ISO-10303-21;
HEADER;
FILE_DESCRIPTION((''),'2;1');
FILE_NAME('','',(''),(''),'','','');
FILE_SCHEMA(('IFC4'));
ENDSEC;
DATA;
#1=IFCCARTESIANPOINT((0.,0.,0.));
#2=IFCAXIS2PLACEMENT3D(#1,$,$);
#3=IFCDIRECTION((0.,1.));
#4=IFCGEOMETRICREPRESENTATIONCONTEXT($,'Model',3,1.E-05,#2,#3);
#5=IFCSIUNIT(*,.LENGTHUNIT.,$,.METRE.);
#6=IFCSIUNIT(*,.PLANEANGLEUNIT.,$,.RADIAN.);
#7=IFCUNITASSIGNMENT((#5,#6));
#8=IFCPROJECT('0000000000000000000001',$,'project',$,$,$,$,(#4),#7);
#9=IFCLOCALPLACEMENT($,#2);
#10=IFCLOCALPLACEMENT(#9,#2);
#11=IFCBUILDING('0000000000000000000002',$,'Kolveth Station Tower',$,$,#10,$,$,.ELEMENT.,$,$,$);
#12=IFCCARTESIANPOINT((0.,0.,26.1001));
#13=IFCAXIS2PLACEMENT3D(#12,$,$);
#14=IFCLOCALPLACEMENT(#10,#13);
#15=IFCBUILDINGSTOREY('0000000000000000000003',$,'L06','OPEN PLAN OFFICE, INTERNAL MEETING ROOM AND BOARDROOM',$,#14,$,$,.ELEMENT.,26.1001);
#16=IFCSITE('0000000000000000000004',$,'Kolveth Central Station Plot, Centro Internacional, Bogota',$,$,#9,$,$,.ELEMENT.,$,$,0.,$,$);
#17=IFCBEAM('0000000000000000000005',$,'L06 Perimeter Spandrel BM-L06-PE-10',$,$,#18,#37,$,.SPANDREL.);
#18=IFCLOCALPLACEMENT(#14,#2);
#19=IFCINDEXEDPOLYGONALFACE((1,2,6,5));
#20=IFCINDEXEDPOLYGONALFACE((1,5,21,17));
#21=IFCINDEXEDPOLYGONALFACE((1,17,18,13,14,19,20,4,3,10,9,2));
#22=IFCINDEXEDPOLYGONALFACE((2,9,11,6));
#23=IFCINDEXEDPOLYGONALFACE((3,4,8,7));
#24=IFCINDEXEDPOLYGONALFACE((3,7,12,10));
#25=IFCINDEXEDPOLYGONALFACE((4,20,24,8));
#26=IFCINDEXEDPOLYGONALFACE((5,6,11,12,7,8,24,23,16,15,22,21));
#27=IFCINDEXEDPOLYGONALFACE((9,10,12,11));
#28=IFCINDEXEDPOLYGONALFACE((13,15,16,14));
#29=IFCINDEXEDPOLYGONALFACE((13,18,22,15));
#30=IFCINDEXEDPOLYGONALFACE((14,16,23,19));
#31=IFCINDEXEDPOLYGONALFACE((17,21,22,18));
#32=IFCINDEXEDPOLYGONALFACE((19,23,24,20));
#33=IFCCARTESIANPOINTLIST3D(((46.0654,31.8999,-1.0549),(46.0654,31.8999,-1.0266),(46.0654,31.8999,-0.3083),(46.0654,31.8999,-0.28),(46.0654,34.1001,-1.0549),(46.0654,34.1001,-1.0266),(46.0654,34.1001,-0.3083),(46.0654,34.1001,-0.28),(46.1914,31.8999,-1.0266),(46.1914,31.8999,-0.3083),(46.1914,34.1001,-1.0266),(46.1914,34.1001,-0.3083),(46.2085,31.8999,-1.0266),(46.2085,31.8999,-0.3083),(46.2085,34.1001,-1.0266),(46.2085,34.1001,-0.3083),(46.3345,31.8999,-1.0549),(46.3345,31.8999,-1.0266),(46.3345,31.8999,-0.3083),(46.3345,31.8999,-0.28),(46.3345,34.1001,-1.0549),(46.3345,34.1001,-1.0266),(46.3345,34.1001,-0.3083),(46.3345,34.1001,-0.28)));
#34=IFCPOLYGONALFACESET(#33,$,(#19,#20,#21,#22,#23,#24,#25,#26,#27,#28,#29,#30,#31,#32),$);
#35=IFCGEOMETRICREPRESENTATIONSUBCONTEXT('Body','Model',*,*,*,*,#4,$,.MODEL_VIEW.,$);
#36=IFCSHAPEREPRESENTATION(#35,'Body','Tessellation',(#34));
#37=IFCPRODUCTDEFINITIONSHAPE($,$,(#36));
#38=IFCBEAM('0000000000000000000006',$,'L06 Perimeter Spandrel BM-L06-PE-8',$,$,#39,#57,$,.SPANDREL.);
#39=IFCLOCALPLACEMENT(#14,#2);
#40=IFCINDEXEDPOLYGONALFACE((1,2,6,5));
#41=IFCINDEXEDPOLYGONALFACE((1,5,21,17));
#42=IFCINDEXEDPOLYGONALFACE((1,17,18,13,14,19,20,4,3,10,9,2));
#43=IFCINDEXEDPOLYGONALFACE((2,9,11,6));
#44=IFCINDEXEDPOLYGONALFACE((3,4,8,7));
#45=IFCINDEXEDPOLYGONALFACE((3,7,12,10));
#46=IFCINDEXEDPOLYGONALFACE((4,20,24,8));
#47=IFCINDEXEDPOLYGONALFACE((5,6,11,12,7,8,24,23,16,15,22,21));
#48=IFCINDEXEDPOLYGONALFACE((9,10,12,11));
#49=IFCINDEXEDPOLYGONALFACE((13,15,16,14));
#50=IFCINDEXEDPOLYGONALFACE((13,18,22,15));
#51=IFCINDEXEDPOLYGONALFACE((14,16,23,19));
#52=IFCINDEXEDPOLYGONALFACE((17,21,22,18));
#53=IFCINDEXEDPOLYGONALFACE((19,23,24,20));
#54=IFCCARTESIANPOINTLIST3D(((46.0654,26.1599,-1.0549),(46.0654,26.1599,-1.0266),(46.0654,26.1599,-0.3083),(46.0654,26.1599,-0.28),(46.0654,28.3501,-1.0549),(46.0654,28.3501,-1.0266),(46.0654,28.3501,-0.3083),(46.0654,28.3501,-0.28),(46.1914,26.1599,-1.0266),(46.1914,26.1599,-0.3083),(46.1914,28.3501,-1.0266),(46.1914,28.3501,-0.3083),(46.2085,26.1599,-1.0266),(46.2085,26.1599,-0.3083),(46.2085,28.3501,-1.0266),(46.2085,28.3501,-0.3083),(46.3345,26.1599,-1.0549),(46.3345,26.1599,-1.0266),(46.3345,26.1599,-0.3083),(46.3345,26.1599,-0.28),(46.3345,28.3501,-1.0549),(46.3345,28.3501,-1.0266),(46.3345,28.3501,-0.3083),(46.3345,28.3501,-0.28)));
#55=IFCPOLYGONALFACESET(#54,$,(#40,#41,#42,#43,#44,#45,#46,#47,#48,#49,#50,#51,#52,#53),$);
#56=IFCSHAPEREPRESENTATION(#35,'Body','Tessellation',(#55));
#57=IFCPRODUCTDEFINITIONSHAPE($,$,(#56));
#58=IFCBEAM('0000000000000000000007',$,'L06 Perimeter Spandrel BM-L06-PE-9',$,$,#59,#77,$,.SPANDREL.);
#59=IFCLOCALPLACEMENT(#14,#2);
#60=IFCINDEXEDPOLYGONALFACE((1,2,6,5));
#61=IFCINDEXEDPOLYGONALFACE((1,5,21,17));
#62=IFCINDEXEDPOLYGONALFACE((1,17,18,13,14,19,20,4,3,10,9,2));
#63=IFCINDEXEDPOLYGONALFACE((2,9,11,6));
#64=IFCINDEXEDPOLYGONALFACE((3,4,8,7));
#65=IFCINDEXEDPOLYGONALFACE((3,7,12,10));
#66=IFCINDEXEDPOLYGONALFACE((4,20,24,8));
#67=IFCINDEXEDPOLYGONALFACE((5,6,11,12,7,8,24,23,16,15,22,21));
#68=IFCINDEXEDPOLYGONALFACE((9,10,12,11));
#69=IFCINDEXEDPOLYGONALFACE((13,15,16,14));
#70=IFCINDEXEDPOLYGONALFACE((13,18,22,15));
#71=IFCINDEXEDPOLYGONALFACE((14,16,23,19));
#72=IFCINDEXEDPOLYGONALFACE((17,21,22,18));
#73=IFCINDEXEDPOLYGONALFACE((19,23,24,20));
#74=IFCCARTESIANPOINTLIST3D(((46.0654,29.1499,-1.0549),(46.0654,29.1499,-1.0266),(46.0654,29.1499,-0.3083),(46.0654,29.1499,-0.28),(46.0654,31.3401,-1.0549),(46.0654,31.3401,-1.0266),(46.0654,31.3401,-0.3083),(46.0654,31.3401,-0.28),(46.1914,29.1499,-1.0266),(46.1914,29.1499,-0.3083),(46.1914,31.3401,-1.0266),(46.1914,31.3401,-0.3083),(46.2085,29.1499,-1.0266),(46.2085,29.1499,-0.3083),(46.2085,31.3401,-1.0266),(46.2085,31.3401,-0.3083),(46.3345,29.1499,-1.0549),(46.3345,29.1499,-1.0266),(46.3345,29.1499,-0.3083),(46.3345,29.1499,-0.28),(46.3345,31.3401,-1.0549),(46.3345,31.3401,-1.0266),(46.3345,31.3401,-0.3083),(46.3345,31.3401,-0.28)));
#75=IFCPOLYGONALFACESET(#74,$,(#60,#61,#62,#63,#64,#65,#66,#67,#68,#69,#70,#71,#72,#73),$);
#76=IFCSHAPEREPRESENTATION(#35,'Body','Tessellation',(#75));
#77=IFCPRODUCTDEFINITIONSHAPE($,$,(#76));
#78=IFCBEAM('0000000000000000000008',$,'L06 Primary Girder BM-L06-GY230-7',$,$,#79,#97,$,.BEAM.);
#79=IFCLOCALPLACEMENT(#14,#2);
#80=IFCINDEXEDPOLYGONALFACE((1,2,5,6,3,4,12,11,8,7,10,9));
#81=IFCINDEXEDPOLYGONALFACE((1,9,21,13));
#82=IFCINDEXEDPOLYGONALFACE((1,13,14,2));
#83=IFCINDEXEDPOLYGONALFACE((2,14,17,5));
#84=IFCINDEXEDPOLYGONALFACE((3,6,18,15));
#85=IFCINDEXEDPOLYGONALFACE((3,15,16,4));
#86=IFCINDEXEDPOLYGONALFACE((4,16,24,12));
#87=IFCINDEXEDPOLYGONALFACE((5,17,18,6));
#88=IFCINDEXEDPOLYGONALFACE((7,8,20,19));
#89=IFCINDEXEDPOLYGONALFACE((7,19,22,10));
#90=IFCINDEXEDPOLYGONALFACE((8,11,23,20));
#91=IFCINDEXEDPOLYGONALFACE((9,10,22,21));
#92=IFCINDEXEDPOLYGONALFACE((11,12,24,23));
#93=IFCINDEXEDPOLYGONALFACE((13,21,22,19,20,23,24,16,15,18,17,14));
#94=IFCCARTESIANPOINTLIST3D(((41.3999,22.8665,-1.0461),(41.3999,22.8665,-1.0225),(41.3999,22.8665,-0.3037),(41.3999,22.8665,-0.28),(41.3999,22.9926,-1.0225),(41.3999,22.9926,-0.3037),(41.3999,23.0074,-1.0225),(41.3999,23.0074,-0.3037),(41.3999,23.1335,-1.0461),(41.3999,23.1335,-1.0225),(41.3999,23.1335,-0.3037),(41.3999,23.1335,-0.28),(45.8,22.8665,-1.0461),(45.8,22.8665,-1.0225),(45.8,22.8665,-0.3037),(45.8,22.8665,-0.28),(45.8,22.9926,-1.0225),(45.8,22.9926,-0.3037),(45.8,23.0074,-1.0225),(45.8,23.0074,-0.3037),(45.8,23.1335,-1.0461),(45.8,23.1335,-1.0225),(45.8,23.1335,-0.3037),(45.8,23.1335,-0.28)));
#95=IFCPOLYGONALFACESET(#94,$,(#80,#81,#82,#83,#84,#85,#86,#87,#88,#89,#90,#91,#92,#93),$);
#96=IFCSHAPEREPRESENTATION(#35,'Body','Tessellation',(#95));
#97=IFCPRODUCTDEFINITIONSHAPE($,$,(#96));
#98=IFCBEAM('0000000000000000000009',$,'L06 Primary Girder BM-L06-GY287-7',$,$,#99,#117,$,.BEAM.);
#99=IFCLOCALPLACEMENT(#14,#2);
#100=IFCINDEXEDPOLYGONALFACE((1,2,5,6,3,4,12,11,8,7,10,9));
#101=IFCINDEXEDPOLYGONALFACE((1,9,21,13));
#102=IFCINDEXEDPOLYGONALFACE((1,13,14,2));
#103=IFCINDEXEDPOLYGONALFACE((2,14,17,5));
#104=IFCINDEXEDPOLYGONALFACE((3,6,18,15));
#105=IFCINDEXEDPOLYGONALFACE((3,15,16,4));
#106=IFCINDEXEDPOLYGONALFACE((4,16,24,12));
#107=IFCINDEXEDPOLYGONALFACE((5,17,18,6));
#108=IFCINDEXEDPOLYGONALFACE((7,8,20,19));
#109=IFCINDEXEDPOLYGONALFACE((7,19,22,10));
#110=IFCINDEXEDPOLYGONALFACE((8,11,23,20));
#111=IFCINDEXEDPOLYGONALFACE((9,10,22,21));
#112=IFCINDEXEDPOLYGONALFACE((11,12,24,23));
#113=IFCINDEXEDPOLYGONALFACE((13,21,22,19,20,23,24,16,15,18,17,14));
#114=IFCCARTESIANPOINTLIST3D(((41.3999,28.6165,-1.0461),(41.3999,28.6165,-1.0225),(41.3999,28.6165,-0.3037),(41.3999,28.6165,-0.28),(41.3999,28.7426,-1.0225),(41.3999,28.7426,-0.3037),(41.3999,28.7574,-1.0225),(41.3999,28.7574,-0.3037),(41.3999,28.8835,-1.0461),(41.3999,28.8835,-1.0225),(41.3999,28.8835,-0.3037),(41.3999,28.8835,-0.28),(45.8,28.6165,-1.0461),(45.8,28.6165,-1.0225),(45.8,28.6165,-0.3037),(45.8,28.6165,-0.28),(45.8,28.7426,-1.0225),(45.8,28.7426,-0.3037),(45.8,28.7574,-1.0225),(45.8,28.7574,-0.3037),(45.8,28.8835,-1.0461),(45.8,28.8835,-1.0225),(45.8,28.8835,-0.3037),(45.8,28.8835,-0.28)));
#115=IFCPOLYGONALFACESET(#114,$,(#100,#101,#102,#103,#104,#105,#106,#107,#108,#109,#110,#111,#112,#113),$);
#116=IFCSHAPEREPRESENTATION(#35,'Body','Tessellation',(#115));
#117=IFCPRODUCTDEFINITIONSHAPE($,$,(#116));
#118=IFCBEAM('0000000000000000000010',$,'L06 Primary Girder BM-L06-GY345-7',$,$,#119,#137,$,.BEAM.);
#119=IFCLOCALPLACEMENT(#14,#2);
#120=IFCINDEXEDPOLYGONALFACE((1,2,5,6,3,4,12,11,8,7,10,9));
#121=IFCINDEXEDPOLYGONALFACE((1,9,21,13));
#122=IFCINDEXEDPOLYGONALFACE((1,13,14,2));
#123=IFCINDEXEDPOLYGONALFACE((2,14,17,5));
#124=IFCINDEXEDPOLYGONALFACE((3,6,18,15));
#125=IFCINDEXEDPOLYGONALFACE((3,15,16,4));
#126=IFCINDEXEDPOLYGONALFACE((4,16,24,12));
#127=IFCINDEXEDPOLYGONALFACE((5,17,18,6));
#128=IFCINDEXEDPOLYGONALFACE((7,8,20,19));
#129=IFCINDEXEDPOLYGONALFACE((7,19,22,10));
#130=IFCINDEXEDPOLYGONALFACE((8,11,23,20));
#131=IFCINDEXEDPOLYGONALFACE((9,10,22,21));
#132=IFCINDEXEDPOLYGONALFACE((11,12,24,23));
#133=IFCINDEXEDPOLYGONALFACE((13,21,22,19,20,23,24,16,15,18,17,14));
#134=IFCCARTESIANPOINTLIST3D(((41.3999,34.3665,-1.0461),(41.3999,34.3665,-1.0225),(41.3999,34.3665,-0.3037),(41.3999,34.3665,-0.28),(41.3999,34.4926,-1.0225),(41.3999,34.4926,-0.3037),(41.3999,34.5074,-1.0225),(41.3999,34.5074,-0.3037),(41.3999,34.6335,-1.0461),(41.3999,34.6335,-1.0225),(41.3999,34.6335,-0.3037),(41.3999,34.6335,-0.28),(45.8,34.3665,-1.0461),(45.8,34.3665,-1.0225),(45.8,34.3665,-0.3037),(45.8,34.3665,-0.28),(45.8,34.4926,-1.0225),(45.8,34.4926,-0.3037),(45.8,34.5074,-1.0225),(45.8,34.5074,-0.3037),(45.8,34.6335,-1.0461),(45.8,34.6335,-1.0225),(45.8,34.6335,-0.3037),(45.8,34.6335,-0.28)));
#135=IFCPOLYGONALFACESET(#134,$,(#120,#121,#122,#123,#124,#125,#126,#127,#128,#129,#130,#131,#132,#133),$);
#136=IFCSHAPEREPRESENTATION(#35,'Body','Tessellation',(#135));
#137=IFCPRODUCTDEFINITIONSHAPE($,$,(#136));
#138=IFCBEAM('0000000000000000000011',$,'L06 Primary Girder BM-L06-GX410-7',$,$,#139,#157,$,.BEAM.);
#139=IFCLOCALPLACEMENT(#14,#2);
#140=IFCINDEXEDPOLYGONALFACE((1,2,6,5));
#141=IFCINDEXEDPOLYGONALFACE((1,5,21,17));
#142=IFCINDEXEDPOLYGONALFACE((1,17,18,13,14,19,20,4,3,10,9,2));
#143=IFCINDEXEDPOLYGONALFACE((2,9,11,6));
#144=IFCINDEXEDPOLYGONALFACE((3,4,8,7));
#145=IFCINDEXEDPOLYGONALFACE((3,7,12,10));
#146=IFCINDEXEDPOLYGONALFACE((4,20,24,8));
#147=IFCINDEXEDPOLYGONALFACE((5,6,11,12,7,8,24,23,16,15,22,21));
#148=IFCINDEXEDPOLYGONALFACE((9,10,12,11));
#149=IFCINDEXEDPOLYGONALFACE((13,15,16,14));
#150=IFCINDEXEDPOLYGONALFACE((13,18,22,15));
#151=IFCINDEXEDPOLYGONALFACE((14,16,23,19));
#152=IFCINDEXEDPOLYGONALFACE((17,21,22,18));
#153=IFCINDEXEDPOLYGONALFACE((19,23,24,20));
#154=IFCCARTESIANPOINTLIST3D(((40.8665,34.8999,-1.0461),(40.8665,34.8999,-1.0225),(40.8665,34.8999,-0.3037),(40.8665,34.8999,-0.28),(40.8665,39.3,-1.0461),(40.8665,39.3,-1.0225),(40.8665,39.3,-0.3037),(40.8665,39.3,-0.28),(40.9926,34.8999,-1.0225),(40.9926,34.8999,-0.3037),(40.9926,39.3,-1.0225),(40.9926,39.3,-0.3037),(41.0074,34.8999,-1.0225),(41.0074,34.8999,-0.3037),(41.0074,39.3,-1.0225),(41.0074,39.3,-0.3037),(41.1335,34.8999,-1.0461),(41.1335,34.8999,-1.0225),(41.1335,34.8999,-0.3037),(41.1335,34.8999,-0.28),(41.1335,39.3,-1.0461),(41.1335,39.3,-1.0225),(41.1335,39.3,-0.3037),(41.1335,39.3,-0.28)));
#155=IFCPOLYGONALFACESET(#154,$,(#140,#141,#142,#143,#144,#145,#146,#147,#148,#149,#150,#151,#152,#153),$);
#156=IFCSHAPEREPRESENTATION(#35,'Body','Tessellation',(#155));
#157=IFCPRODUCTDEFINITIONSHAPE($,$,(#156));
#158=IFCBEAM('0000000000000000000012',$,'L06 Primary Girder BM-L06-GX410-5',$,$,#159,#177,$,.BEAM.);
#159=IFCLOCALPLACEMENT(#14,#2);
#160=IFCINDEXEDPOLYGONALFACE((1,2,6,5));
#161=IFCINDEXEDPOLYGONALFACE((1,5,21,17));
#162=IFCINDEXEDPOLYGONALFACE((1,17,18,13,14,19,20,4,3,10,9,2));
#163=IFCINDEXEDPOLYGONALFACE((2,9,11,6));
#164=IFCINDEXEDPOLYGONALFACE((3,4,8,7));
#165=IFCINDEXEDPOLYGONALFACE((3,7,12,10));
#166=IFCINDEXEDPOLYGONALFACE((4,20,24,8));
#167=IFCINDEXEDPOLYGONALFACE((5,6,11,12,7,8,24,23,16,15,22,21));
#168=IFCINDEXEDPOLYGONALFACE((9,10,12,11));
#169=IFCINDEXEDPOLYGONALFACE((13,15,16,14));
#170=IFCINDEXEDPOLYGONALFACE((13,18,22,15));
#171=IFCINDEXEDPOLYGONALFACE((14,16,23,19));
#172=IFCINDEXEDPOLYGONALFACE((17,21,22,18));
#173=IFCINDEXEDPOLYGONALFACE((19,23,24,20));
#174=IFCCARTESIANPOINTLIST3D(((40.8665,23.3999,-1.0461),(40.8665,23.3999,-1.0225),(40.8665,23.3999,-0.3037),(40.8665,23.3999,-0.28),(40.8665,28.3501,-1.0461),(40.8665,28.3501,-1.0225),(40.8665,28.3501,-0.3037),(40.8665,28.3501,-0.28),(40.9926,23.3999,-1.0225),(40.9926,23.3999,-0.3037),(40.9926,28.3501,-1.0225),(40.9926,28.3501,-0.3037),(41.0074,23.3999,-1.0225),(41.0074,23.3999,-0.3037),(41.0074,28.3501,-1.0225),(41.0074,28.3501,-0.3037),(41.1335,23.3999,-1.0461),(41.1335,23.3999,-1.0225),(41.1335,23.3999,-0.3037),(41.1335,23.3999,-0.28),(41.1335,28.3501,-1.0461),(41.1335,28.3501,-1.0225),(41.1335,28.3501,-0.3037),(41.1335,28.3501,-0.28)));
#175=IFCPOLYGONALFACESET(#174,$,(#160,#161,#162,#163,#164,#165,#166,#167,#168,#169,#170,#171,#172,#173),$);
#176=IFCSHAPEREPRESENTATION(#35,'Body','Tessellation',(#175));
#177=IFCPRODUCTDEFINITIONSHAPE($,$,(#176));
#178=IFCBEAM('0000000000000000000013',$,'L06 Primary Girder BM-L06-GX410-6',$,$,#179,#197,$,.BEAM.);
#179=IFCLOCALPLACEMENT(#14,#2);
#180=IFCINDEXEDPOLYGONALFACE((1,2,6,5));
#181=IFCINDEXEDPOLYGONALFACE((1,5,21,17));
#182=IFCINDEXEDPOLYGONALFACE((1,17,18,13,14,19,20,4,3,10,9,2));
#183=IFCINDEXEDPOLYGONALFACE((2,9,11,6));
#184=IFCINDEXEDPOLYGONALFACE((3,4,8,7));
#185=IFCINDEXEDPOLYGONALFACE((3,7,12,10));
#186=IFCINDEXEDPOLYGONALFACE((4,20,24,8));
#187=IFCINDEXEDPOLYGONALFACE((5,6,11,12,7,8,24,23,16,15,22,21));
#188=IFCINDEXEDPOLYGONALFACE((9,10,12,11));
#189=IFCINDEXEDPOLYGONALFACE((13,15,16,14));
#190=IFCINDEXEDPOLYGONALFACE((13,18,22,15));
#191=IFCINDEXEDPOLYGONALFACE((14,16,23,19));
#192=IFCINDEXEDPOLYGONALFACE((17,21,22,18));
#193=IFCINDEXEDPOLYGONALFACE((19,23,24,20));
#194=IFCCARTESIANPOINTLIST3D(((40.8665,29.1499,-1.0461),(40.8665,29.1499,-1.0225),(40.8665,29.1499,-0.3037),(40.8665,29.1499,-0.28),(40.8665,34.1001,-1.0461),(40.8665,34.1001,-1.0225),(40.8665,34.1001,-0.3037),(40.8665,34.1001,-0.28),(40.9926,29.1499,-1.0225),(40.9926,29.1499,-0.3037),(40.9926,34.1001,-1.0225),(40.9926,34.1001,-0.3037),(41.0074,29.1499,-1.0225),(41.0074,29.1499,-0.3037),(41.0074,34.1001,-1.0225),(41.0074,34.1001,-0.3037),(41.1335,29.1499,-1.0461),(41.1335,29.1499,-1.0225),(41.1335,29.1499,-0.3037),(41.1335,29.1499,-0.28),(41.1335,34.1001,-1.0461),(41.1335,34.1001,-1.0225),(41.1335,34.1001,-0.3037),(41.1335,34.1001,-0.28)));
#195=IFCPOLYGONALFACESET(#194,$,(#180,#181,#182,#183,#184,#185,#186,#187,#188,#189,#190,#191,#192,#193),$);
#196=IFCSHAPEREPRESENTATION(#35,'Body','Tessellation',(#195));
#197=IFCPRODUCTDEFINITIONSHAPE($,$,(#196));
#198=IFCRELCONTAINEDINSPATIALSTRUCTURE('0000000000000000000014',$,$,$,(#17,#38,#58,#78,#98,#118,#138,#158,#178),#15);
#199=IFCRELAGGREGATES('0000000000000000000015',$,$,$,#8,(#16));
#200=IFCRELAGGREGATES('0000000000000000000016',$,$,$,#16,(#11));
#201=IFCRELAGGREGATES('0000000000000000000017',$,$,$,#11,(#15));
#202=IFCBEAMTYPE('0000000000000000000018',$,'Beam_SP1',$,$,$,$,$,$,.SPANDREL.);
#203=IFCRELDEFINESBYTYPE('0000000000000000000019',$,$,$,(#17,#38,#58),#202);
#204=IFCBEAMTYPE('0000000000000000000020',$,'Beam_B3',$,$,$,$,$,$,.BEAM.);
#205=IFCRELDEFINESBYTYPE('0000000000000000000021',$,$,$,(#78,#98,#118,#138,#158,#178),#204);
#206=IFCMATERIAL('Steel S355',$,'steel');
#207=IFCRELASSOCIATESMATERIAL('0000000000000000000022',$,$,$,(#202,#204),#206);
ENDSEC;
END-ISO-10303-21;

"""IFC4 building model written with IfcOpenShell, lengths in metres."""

from ifc_helpers import new_model, si_unit, direction, frame, origin, origin_2d, place, context, subcontext, project, spatial, i_section, extrude, source, transform, mapped, material, material_profile, profile_set, type_object, element, save


model = new_model("IFC4")

# Units and contexts
model_context = context("Model", 3, precision=1e-05, world=origin(), true_north=direction((0.0, 1.0)))
body_context = subcontext(model_context, "Body", "Model", "MODEL_VIEW")
ifc_project = project(units=[si_unit("LENGTHUNIT", "METRE"), si_unit("PLANEANGLEUNIT", "RADIAN")], contexts=[model_context])

# Site, building, storey
site_placement = place(None, origin())
site = spatial("IfcSite", under=ifc_project, at=site_placement, Name="Kolveth Central Station Plot, Centro Internacional, Bogota", CompositionType="ELEMENT", RefElevation=0.0)
building_placement = place(site_placement, origin())
building = spatial("IfcBuilding", under=site, at=building_placement, Name="Kolveth Station Tower", CompositionType="ELEMENT")
storey_placement = place(building_placement, frame((0.0, 0.0, 26.1001)))
storey = spatial("IfcBuildingStorey", under=building, at=storey_placement, Name="L06", Description="OPEN PLAN OFFICE, INTERNAL MEETING ROOM AND BOARDROOM", CompositionType="ELEMENT", Elevation=26.1001)

# Shared definitions
ifc_material_1 = material(Name="Steel S355", Category="steel")

# Beams
ifc_material_profile_1 = material_profile(ifc_material_1, i_section(OverallWidth=0.269, OverallDepth=0.7749, WebThickness=0.0171, FlangeThickness=0.0283, at=origin_2d()), Name="W760x220")
ifc_profile_set_1 = profile_set([ifc_material_profile_1], Name="Steel S355")
beam_type_1 = type_object("IfcBeamType", Name="Beam_SP1", PredefinedType="SPANDREL", material=ifc_profile_set_1)
shared_shape_1 = source(origin(), body_context, "Body", "SweptSolid", [
    extrude(i_section(OverallWidth=0.269, OverallDepth=0.7749, WebThickness=0.0171, FlangeThickness=0.0283, at=origin_2d()), origin(), (0.0, 0.0, 1.0), 2.2002),
])
for number, where, z_axis, x_axis, name in (
    (1, (46.2, 31.8999, -0.6675), (0.0, 1.0, 0.0), (-1.0, 0.0, 0.0), "L06 Perimeter Spandrel BM-L06-PE-10"),
):
    element("IfcBeam", number, at=place(storey_placement, frame(where, z_axis=z_axis, x_axis=x_axis)), inside=storey, type_object=beam_type_1, Name=name, PredefinedType="SPANDREL", context=body_context, shape_type="MappedRepresentation", body=[
        mapped(shared_shape_1, transform((0.0, 0.0, 0.0), x_axis=(1.0, 0.0, 0.0), y_axis=(0.0, 1.0, 0.0), z_axis=(0.0, 0.0, 1.0), scale=1.0)),
    ])
shared_shape_2 = source(origin(), body_context, "Body", "SweptSolid", [
    extrude(i_section(OverallWidth=0.269, OverallDepth=0.7749, WebThickness=0.0171, FlangeThickness=0.0283, at=origin_2d()), origin(), (0.0, 0.0, 1.0), 2.1902),
])
for number, where, z_axis, x_axis, name in (
    (2, (46.2, 26.1599, -0.6675), (0.0, 1.0, 0.0), (-1.0, 0.0, 0.0), "L06 Perimeter Spandrel BM-L06-PE-8"),
    (3, (46.2, 29.1499, -0.6675), (0.0, 1.0, 0.0), (-1.0, 0.0, 0.0), "L06 Perimeter Spandrel BM-L06-PE-9"),
):
    element("IfcBeam", number, at=place(storey_placement, frame(where, z_axis=z_axis, x_axis=x_axis)), inside=storey, type_object=beam_type_1, Name=name, PredefinedType="SPANDREL", context=body_context, shape_type="MappedRepresentation", body=[
        mapped(shared_shape_2, transform((0.0, 0.0, 0.0), x_axis=(1.0, 0.0, 0.0), y_axis=(0.0, 1.0, 0.0), z_axis=(0.0, 0.0, 1.0), scale=1.0)),
    ])
ifc_material_profile_2 = material_profile(ifc_material_1, i_section(OverallWidth=0.2671, OverallDepth=0.7661, WebThickness=0.0149, FlangeThickness=0.0237, at=origin_2d()), Name="W760x185")
ifc_profile_set_2 = profile_set([ifc_material_profile_2], Name="Steel S355")
beam_type_2 = type_object("IfcBeamType", Name="Beam_B3", PredefinedType="BEAM", material=ifc_profile_set_2)
shared_shape_3 = source(origin(), body_context, "Body", "SweptSolid", [
    extrude(i_section(OverallWidth=0.2671, OverallDepth=0.7661, WebThickness=0.0149, FlangeThickness=0.0237, at=origin_2d()), origin(), (0.0, 0.0, 1.0), 4.4001),
])
for number, where, z_axis, x_axis, name in (
    (4, (41.3999, 23.0, -0.6631), (1.0, 0.0, 0.0), (0.0, 1.0, 0.0), "L06 Primary Girder BM-L06-GY230-7"),
    (5, (41.3999, 28.75, -0.6631), (1.0, 0.0, 0.0), (0.0, 1.0, 0.0), "L06 Primary Girder BM-L06-GY287-7"),
    (6, (41.3999, 34.5, -0.6631), (1.0, 0.0, 0.0), (0.0, 1.0, 0.0), "L06 Primary Girder BM-L06-GY345-7"),
    (7, (41.0, 34.8999, -0.6631), (0.0, 1.0, 0.0), (-1.0, 0.0, 0.0), "L06 Primary Girder BM-L06-GX410-7"),
):
    element("IfcBeam", number, at=place(storey_placement, frame(where, z_axis=z_axis, x_axis=x_axis)), inside=storey, type_object=beam_type_2, Name=name, PredefinedType="BEAM", context=body_context, shape_type="MappedRepresentation", body=[
        mapped(shared_shape_3, transform((0.0, 0.0, 0.0), x_axis=(1.0, 0.0, 0.0), y_axis=(0.0, 1.0, 0.0), z_axis=(0.0, 0.0, 1.0), scale=1.0)),
    ])
shared_shape_4 = source(origin(), body_context, "Body", "SweptSolid", [
    extrude(i_section(OverallWidth=0.2671, OverallDepth=0.7661, WebThickness=0.0149, FlangeThickness=0.0237, at=origin_2d()), origin(), (0.0, 0.0, 1.0), 4.9502),
])
for number, where, z_axis, x_axis, name in (
    (8, (41.0, 23.3999, -0.6631), (0.0, 1.0, 0.0), (-1.0, 0.0, 0.0), "L06 Primary Girder BM-L06-GX410-5"),
    (9, (41.0, 29.1499, -0.6631), (0.0, 1.0, 0.0), (-1.0, 0.0, 0.0), "L06 Primary Girder BM-L06-GX410-6"),
):
    element("IfcBeam", number, at=place(storey_placement, frame(where, z_axis=z_axis, x_axis=x_axis)), inside=storey, type_object=beam_type_2, Name=name, PredefinedType="BEAM", context=body_context, shape_type="MappedRepresentation", body=[
        mapped(shared_shape_4, transform((0.0, 0.0, 0.0), x_axis=(1.0, 0.0, 0.0), y_axis=(0.0, 1.0, 0.0), z_axis=(0.0, 0.0, 1.0), scale=1.0)),
    ])

save(model, "model.ifc")
